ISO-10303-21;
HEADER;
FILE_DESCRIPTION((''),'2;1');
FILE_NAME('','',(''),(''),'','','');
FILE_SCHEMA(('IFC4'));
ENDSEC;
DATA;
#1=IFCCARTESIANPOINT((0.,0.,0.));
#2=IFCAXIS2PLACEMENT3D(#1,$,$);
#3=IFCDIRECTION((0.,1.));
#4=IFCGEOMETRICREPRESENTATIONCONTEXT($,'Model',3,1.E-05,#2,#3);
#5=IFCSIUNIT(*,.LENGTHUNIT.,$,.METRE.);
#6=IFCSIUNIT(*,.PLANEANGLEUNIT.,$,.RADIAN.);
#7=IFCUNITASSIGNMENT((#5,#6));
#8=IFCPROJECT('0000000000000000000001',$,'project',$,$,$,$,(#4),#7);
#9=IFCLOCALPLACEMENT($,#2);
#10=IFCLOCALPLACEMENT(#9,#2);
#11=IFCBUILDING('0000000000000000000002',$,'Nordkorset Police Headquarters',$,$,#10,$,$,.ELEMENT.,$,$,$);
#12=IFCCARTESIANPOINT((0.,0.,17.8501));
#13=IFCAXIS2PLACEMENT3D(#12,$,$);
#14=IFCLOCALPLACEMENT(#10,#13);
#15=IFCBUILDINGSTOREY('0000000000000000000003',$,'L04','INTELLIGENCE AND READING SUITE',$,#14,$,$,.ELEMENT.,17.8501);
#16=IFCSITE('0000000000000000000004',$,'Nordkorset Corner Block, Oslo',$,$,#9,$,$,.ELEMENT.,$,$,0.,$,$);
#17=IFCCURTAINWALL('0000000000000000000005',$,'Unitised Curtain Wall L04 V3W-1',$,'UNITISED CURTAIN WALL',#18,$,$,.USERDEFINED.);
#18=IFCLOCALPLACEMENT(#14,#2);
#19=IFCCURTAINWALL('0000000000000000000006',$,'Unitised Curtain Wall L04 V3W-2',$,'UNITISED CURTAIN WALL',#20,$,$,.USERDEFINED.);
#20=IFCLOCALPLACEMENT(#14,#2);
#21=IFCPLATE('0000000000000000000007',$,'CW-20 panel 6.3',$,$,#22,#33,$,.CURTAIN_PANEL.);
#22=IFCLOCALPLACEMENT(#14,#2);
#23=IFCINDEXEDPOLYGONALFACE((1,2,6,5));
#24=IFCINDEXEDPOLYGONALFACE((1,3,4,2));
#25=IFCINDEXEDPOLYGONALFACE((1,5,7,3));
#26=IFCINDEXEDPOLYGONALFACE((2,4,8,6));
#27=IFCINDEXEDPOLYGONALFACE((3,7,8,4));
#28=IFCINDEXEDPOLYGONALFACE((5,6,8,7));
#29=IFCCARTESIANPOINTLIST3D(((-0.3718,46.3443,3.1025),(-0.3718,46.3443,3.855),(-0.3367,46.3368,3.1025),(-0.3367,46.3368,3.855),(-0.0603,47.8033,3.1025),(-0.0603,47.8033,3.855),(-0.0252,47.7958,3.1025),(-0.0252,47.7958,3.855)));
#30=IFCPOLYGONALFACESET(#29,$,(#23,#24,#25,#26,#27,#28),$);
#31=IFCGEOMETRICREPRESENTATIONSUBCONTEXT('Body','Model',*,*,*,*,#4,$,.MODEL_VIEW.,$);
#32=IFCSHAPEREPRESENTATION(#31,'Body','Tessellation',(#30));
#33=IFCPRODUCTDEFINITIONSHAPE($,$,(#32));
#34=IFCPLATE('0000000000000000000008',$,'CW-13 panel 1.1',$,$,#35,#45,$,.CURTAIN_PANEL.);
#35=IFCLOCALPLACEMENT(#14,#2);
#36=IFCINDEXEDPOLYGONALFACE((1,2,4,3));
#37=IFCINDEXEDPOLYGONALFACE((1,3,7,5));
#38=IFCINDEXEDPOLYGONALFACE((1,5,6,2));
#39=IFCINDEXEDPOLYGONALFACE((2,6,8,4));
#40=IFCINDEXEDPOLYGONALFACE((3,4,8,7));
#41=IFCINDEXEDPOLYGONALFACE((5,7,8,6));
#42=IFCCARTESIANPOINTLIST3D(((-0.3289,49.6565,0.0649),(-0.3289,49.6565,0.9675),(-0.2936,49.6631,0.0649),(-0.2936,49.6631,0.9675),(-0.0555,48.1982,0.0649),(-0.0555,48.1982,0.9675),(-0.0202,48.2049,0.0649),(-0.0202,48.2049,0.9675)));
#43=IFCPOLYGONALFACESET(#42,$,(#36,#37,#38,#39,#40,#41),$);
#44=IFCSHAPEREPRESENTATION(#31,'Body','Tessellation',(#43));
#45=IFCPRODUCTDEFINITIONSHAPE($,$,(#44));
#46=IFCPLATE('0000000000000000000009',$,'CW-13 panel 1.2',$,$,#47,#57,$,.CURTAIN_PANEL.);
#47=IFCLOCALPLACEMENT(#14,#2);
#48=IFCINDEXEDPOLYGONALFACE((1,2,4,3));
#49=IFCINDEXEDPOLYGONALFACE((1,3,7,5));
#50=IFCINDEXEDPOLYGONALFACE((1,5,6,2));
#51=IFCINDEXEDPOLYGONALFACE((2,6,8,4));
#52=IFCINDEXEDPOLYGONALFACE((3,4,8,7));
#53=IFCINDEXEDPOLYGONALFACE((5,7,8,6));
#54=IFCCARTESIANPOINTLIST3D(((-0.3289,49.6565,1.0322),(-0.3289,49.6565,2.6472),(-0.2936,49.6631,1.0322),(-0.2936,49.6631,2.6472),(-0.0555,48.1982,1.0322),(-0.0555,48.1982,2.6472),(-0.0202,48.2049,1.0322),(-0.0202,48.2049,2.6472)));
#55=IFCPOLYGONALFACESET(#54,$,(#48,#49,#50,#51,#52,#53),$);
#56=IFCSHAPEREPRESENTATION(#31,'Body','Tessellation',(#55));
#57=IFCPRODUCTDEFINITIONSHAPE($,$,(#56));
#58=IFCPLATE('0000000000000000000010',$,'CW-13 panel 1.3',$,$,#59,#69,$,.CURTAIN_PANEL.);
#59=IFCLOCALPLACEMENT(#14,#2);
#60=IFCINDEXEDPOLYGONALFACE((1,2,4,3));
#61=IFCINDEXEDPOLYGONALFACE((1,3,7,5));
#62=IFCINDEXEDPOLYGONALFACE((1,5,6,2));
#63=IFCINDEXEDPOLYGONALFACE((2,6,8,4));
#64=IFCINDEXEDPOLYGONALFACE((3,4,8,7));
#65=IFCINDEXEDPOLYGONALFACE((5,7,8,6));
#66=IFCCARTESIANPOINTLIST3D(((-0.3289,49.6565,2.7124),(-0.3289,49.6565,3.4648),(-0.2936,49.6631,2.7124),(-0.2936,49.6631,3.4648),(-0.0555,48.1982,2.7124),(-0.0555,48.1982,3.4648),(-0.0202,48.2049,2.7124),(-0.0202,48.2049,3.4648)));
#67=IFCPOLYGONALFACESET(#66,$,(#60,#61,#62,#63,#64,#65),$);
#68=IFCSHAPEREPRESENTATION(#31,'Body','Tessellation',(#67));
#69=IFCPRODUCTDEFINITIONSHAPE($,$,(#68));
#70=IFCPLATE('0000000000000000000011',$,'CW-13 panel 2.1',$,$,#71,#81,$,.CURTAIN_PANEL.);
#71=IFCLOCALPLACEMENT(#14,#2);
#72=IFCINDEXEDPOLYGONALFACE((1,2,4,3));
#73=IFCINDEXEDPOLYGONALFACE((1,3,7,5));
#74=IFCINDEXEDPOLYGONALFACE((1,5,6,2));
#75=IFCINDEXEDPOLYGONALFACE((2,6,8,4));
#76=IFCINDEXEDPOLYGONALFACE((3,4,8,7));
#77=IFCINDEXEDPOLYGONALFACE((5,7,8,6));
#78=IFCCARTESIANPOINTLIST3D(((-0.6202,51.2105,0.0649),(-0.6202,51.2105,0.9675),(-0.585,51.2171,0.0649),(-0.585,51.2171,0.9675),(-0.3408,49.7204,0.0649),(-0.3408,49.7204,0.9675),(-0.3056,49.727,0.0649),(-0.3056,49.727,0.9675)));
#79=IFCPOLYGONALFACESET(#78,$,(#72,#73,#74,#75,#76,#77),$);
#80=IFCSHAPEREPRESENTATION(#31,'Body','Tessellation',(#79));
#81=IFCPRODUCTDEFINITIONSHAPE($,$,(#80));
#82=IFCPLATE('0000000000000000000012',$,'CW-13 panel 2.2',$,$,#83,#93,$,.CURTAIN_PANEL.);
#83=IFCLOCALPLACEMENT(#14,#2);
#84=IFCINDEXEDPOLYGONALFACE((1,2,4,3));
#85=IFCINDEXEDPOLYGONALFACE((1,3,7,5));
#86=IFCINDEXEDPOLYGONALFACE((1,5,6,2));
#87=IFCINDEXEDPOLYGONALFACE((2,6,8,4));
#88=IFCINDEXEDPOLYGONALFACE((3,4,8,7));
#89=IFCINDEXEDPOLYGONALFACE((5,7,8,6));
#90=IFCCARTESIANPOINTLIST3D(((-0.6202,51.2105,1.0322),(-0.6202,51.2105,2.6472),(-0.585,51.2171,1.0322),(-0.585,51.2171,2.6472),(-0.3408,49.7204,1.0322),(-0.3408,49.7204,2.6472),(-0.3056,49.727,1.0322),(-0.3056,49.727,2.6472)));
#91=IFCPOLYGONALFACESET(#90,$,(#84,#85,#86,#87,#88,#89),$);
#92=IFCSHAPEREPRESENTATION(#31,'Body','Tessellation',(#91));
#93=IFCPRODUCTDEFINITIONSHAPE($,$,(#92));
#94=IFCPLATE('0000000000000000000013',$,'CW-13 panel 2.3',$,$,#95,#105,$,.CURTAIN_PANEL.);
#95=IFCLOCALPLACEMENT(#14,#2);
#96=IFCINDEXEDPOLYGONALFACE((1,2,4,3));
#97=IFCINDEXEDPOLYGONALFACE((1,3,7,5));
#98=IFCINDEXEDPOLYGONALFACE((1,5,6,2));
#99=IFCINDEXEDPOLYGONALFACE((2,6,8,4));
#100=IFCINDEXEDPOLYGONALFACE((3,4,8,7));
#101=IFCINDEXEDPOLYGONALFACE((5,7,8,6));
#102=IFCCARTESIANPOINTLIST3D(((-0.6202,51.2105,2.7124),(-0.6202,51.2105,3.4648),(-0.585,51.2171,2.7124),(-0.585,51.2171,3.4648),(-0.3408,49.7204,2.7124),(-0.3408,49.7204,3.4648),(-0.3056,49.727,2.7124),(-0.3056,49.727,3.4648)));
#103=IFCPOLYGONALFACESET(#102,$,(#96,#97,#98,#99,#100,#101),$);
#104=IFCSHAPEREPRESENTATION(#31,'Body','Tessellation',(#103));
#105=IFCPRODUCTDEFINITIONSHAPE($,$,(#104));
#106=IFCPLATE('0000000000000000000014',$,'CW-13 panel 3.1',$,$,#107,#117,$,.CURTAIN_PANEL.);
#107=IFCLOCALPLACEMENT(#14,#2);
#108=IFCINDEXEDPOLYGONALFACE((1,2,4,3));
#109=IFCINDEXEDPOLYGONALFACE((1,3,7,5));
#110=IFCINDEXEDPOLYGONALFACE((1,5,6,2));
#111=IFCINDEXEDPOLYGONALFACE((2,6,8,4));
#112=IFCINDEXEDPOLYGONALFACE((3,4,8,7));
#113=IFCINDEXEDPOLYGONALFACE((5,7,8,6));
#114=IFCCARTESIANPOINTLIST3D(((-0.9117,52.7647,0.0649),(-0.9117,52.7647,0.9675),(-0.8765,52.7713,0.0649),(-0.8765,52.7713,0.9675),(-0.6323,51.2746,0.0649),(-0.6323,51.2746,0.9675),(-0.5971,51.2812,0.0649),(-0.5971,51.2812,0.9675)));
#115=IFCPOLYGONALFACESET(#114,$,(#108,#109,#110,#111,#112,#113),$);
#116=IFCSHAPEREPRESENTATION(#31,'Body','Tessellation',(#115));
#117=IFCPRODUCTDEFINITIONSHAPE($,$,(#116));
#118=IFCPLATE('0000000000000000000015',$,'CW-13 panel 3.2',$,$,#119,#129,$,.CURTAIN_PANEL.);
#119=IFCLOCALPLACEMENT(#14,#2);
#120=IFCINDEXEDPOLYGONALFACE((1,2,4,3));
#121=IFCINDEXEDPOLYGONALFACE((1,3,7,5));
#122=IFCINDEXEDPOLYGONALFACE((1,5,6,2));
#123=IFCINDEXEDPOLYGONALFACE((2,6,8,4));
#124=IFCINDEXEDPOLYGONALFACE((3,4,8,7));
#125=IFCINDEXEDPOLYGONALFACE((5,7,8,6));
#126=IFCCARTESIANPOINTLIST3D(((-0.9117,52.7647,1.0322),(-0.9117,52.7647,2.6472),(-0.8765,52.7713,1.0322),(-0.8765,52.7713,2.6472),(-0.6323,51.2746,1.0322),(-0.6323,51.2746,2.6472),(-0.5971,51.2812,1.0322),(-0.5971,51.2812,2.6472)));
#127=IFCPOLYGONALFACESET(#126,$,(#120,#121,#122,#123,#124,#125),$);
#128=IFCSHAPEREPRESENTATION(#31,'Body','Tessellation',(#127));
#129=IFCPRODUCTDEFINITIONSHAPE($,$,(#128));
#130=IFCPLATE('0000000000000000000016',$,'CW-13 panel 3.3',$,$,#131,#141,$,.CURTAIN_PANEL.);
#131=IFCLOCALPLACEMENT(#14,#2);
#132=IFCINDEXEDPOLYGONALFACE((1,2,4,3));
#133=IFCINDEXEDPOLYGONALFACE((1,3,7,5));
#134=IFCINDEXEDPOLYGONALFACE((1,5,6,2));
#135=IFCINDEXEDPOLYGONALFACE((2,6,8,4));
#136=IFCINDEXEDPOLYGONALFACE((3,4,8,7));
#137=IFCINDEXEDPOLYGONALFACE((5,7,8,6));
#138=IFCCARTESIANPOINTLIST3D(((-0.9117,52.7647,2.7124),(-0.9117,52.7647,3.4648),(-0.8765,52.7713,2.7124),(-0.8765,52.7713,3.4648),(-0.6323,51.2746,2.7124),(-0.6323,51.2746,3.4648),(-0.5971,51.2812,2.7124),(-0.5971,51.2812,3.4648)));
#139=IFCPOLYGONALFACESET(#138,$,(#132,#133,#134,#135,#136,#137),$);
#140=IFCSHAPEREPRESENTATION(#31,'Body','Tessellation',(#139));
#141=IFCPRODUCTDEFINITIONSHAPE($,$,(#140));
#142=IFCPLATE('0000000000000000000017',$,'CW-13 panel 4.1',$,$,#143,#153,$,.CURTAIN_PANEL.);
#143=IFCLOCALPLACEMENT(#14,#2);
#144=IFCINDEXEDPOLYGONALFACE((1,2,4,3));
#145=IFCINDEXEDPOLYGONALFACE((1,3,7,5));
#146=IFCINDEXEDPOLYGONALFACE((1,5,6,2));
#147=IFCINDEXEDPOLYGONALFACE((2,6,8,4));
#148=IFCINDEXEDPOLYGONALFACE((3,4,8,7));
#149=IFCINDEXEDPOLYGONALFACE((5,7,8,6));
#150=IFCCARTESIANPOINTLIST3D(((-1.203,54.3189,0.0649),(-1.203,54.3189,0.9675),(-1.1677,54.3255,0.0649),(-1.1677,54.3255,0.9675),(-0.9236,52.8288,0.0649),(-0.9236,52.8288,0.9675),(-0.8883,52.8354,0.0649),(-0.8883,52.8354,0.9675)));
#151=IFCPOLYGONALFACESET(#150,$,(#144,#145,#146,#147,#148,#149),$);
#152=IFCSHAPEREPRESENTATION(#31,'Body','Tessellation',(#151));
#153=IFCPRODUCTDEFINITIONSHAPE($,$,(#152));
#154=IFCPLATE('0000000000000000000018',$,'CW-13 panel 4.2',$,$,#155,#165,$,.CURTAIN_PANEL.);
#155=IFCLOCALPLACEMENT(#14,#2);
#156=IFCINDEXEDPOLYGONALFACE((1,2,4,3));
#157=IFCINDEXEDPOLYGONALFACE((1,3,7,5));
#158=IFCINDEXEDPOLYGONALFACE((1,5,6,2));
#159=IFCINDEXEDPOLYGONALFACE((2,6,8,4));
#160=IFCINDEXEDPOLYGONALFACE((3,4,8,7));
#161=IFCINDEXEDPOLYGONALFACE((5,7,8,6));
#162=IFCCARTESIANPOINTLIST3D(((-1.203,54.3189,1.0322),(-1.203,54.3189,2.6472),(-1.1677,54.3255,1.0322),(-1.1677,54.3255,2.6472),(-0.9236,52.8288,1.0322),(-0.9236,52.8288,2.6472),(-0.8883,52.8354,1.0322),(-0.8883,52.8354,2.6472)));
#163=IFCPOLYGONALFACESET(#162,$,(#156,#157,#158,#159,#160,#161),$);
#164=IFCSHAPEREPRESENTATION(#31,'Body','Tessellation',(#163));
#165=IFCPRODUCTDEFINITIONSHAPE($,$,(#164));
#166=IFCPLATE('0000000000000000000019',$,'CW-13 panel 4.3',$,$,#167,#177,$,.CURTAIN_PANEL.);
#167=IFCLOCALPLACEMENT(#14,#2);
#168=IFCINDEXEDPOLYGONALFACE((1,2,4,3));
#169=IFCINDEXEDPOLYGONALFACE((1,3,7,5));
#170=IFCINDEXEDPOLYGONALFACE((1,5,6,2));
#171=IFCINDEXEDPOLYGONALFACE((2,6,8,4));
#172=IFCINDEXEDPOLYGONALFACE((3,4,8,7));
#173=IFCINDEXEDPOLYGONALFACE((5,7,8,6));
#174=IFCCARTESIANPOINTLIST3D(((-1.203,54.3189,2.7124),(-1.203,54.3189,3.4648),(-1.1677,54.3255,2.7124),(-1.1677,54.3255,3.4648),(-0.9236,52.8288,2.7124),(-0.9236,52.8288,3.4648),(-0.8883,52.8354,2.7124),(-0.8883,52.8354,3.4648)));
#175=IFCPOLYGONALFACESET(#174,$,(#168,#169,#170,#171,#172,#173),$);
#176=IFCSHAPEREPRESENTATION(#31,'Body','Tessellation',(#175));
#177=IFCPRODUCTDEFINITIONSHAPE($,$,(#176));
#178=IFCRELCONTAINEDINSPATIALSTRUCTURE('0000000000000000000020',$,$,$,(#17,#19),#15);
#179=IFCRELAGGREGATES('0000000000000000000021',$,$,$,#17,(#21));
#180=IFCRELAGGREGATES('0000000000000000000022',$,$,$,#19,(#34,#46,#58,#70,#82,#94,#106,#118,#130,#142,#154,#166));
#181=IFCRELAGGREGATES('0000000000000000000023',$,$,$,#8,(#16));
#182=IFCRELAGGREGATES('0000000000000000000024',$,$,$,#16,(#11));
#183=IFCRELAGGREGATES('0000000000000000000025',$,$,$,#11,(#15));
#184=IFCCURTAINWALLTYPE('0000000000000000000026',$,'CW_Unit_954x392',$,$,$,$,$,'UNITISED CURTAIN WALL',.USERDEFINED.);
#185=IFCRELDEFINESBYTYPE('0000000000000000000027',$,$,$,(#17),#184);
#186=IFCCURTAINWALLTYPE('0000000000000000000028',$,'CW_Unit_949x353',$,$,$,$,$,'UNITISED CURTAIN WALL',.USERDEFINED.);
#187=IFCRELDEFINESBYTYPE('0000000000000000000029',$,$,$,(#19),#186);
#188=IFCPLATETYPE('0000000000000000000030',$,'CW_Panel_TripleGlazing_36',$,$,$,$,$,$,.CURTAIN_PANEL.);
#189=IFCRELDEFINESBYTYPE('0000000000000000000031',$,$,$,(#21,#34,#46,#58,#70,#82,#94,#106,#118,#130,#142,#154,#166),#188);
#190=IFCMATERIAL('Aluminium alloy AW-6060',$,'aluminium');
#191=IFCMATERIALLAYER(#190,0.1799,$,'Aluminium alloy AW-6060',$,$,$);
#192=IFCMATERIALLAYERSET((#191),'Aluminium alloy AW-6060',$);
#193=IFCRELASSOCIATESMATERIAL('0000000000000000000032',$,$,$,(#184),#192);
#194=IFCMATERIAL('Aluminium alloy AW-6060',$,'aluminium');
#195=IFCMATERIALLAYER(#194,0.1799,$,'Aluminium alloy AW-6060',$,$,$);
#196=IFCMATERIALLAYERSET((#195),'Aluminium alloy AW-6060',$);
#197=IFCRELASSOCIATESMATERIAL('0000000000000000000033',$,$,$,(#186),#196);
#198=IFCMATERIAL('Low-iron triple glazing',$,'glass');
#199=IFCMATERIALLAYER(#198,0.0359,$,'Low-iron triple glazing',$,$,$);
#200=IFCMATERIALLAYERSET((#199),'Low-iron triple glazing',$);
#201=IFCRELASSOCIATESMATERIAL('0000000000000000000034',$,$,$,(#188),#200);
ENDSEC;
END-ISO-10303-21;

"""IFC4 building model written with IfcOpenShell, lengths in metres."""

from ifc_helpers import new_model, si_unit, direction, frame, origin, origin_2d, place, context, subcontext, project, spatial, rectangle, extrude, material, layer, layer_set, type_object, element, aggregate, save


model = new_model("IFC4")

# Units and contexts
model_context = context("Model", 3, precision=1e-05, world=origin(), true_north=direction((0.0, 1.0)))
body_context = subcontext(model_context, "Body", "Model", "MODEL_VIEW")
ifc_project = project(units=[si_unit("LENGTHUNIT", "METRE"), si_unit("PLANEANGLEUNIT", "RADIAN")], contexts=[model_context])

# Site, building, storey
site_placement = place(None, origin())
site = spatial("IfcSite", under=ifc_project, at=site_placement, Name="Nordkorset Corner Block, Oslo", CompositionType="ELEMENT", RefElevation=0.0)
building_placement = place(site_placement, origin())
building = spatial("IfcBuilding", under=site, at=building_placement, Name="Nordkorset Police Headquarters", CompositionType="ELEMENT")
storey_placement = place(building_placement, frame((0.0, 0.0, 17.8501)))
storey = spatial("IfcBuildingStorey", under=building, at=storey_placement, Name="L04", Description="INTELLIGENCE AND READING SUITE", CompositionType="ELEMENT", Elevation=17.8501)

# Curtain wall
ifc_material_1 = material(Name="Aluminium alloy AW-6060", Category="aluminium")
ifc_layer_1 = layer(ifc_material_1, 0.1799, Name="Aluminium alloy AW-6060")
ifc_layer_set_1 = layer_set([ifc_layer_1], Name="Aluminium alloy AW-6060")
curtain_wall_type_1 = type_object("IfcCurtainWallType", Name="CW_Unit_954x392", ElementType="UNITISED CURTAIN WALL", PredefinedType="USERDEFINED", material=ifc_layer_set_1)
curtain_wall_1_placement = place(storey_placement, origin())
curtain_wall_1 = element("IfcCurtainWall", 1, at=curtain_wall_1_placement, inside=storey, type_object=curtain_wall_type_1, Name="Unitised Curtain Wall L04 V3W-1", ObjectType="UNITISED CURTAIN WALL", PredefinedType="USERDEFINED")

# Curtain wall
ifc_material_2 = material(Name="Aluminium alloy AW-6060", Category="aluminium")
ifc_layer_2 = layer(ifc_material_2, 0.1799, Name="Aluminium alloy AW-6060")
ifc_layer_set_2 = layer_set([ifc_layer_2], Name="Aluminium alloy AW-6060")
curtain_wall_type_2 = type_object("IfcCurtainWallType", Name="CW_Unit_949x353", ElementType="UNITISED CURTAIN WALL", PredefinedType="USERDEFINED", material=ifc_layer_set_2)
curtain_wall_2_placement = place(storey_placement, origin())
curtain_wall_2 = element("IfcCurtainWall", 2, at=curtain_wall_2_placement, inside=storey, type_object=curtain_wall_type_2, Name="Unitised Curtain Wall L04 V3W-2", ObjectType="UNITISED CURTAIN WALL", PredefinedType="USERDEFINED")

# Plates
ifc_material_3 = material(Name="Low-iron triple glazing", Category="glass")
ifc_layer_3 = layer(ifc_material_3, 0.0359, Name="Low-iron triple glazing")
ifc_layer_set_3 = layer_set([ifc_layer_3], Name="Low-iron triple glazing")
plate_type = type_object("IfcPlateType", Name="CW_Panel_TripleGlazing_36", PredefinedType="CURTAIN_PANEL", material=ifc_layer_set_3)
plate_1_placement = place(storey_placement, frame((-0.1985, 47.0701, 3.1025), z_axis=(0.0, 0.0, 1.0), x_axis=(0.208833, 0.977951, 0.0)))
plate_1 = element("IfcPlate", 3, at=plate_1_placement, type_object=plate_type, Name="CW-20 panel 6.3", PredefinedType="CURTAIN_PANEL", context=body_context, shape_type="SweptSolid", body=[
    extrude(rectangle(XDim=1.4919, YDim=0.0359, at=origin_2d()), origin(), (0.0, 0.0, 1.0), 0.7524),
])
aggregate(curtain_wall_1, [plate_1])
plate_2_placement = place(storey_placement, frame((-0.1746, 48.9307, 0.0649), z_axis=(0.0, 0.0, 1.0), x_axis=(-0.184289, 0.982872, 0.0)))
plate_2 = element("IfcPlate", 4, at=plate_2_placement, type_object=plate_type, Name="CW-13 panel 1.1", PredefinedType="CURTAIN_PANEL", context=body_context, shape_type="SweptSolid", body=[
    extrude(rectangle(XDim=1.4836, YDim=0.0359, at=origin_2d()), origin(), (0.0, 0.0, 1.0), 0.9026),
])
plate_3_placement = place(storey_placement, frame((-0.1746, 48.9307, 1.0322), z_axis=(0.0, 0.0, 1.0), x_axis=(-0.184289, 0.982872, 0.0)))
plate_3 = element("IfcPlate", 5, at=plate_3_placement, type_object=plate_type, Name="CW-13 panel 1.2", PredefinedType="CURTAIN_PANEL", context=body_context, shape_type="SweptSolid", body=[
    extrude(rectangle(XDim=1.4836, YDim=0.0359, at=origin_2d()), origin(), (0.0, 0.0, 1.0), 1.615),
])
plate_4_placement = place(storey_placement, frame((-0.1746, 48.9307, 2.7124), z_axis=(0.0, 0.0, 1.0), x_axis=(-0.184289, 0.982872, 0.0)))
plate_4 = element("IfcPlate", 6, at=plate_4_placement, type_object=plate_type, Name="CW-13 panel 1.3", PredefinedType="CURTAIN_PANEL", context=body_context, shape_type="SweptSolid", body=[
    extrude(rectangle(XDim=1.4836, YDim=0.0359, at=origin_2d()), origin(), (0.0, 0.0, 1.0), 0.7524),
])
plate_5_placement = place(storey_placement, frame((-0.4629, 50.4688, 0.0649), z_axis=(0.0, 0.0, 1.0), x_axis=(-0.184289, 0.982872, 0.0)))
plate_5 = element("IfcPlate", 7, at=plate_5_placement, type_object=plate_type, Name="CW-13 panel 2.1", PredefinedType="CURTAIN_PANEL", context=body_context, shape_type="SweptSolid", body=[
    extrude(rectangle(XDim=1.5161, YDim=0.0359, at=origin_2d()), origin(), (0.0, 0.0, 1.0), 0.9026),
])
plate_6_placement = place(storey_placement, frame((-0.4629, 50.4688, 1.0322), z_axis=(0.0, 0.0, 1.0), x_axis=(-0.184289, 0.982872, 0.0)))
plate_6 = element("IfcPlate", 8, at=plate_6_placement, type_object=plate_type, Name="CW-13 panel 2.2", PredefinedType="CURTAIN_PANEL", context=body_context, shape_type="SweptSolid", body=[
    extrude(rectangle(XDim=1.5161, YDim=0.0359, at=origin_2d()), origin(), (0.0, 0.0, 1.0), 1.615),
])
plate_7_placement = place(storey_placement, frame((-0.4629, 50.4688, 2.7124), z_axis=(0.0, 0.0, 1.0), x_axis=(-0.184289, 0.982872, 0.0)))
plate_7 = element("IfcPlate", 9, at=plate_7_placement, type_object=plate_type, Name="CW-13 panel 2.3", PredefinedType="CURTAIN_PANEL", context=body_context, shape_type="SweptSolid", body=[
    extrude(rectangle(XDim=1.5161, YDim=0.0359, at=origin_2d()), origin(), (0.0, 0.0, 1.0), 0.7524),
])
plate_8_placement = place(storey_placement, frame((-0.7544, 52.0229, 0.0649), z_axis=(0.0, 0.0, 1.0), x_axis=(-0.184289, 0.982872, 0.0)))
plate_8 = element("IfcPlate", 10, at=plate_8_placement, type_object=plate_type, Name="CW-13 panel 3.1", PredefinedType="CURTAIN_PANEL", context=body_context, shape_type="SweptSolid", body=[
    extrude(rectangle(XDim=1.5161, YDim=0.0359, at=origin_2d()), origin(), (0.0, 0.0, 1.0), 0.9026),
])
plate_9_placement = place(storey_placement, frame((-0.7544, 52.0229, 1.0322), z_axis=(0.0, 0.0, 1.0), x_axis=(-0.184289, 0.982872, 0.0)))
plate_9 = element("IfcPlate", 11, at=plate_9_placement, type_object=plate_type, Name="CW-13 panel 3.2", PredefinedType="CURTAIN_PANEL", context=body_context, shape_type="SweptSolid", body=[
    extrude(rectangle(XDim=1.5161, YDim=0.0359, at=origin_2d()), origin(), (0.0, 0.0, 1.0), 1.615),
])
plate_10_placement = place(storey_placement, frame((-0.7544, 52.0229, 2.7124), z_axis=(0.0, 0.0, 1.0), x_axis=(-0.184289, 0.982872, 0.0)))
plate_10 = element("IfcPlate", 12, at=plate_10_placement, type_object=plate_type, Name="CW-13 panel 3.3", PredefinedType="CURTAIN_PANEL", context=body_context, shape_type="SweptSolid", body=[
    extrude(rectangle(XDim=1.5161, YDim=0.0359, at=origin_2d()), origin(), (0.0, 0.0, 1.0), 0.7524),
])
plate_11_placement = place(storey_placement, frame((-1.0457, 53.5771, 0.0649), z_axis=(0.0, 0.0, 1.0), x_axis=(-0.184289, 0.982872, 0.0)))
plate_11 = element("IfcPlate", 13, at=plate_11_placement, type_object=plate_type, Name="CW-13 panel 4.1", PredefinedType="CURTAIN_PANEL", context=body_context, shape_type="SweptSolid", body=[
    extrude(rectangle(XDim=1.5161, YDim=0.0359, at=origin_2d()), origin(), (0.0, 0.0, 1.0), 0.9026),
])
plate_12_placement = place(storey_placement, frame((-1.0457, 53.5771, 1.0322), z_axis=(0.0, 0.0, 1.0), x_axis=(-0.184289, 0.982872, 0.0)))
plate_12 = element("IfcPlate", 14, at=plate_12_placement, type_object=plate_type, Name="CW-13 panel 4.2", PredefinedType="CURTAIN_PANEL", context=body_context, shape_type="SweptSolid", body=[
    extrude(rectangle(XDim=1.5161, YDim=0.0359, at=origin_2d()), origin(), (0.0, 0.0, 1.0), 1.615),
])
plate_13_placement = place(storey_placement, frame((-1.0457, 53.5771, 2.7124), z_axis=(0.0, 0.0, 1.0), x_axis=(-0.184289, 0.982872, 0.0)))
plate_13 = element("IfcPlate", 15, at=plate_13_placement, type_object=plate_type, Name="CW-13 panel 4.3", PredefinedType="CURTAIN_PANEL", context=body_context, shape_type="SweptSolid", body=[
    extrude(rectangle(XDim=1.5161, YDim=0.0359, at=origin_2d()), origin(), (0.0, 0.0, 1.0), 0.7524),
])
aggregate(curtain_wall_2, [plate_2, plate_3, plate_4, plate_5, plate_6, plate_7, plate_8, plate_9, plate_10, plate_11, plate_12, plate_13])

save(model, "model.ifc")
